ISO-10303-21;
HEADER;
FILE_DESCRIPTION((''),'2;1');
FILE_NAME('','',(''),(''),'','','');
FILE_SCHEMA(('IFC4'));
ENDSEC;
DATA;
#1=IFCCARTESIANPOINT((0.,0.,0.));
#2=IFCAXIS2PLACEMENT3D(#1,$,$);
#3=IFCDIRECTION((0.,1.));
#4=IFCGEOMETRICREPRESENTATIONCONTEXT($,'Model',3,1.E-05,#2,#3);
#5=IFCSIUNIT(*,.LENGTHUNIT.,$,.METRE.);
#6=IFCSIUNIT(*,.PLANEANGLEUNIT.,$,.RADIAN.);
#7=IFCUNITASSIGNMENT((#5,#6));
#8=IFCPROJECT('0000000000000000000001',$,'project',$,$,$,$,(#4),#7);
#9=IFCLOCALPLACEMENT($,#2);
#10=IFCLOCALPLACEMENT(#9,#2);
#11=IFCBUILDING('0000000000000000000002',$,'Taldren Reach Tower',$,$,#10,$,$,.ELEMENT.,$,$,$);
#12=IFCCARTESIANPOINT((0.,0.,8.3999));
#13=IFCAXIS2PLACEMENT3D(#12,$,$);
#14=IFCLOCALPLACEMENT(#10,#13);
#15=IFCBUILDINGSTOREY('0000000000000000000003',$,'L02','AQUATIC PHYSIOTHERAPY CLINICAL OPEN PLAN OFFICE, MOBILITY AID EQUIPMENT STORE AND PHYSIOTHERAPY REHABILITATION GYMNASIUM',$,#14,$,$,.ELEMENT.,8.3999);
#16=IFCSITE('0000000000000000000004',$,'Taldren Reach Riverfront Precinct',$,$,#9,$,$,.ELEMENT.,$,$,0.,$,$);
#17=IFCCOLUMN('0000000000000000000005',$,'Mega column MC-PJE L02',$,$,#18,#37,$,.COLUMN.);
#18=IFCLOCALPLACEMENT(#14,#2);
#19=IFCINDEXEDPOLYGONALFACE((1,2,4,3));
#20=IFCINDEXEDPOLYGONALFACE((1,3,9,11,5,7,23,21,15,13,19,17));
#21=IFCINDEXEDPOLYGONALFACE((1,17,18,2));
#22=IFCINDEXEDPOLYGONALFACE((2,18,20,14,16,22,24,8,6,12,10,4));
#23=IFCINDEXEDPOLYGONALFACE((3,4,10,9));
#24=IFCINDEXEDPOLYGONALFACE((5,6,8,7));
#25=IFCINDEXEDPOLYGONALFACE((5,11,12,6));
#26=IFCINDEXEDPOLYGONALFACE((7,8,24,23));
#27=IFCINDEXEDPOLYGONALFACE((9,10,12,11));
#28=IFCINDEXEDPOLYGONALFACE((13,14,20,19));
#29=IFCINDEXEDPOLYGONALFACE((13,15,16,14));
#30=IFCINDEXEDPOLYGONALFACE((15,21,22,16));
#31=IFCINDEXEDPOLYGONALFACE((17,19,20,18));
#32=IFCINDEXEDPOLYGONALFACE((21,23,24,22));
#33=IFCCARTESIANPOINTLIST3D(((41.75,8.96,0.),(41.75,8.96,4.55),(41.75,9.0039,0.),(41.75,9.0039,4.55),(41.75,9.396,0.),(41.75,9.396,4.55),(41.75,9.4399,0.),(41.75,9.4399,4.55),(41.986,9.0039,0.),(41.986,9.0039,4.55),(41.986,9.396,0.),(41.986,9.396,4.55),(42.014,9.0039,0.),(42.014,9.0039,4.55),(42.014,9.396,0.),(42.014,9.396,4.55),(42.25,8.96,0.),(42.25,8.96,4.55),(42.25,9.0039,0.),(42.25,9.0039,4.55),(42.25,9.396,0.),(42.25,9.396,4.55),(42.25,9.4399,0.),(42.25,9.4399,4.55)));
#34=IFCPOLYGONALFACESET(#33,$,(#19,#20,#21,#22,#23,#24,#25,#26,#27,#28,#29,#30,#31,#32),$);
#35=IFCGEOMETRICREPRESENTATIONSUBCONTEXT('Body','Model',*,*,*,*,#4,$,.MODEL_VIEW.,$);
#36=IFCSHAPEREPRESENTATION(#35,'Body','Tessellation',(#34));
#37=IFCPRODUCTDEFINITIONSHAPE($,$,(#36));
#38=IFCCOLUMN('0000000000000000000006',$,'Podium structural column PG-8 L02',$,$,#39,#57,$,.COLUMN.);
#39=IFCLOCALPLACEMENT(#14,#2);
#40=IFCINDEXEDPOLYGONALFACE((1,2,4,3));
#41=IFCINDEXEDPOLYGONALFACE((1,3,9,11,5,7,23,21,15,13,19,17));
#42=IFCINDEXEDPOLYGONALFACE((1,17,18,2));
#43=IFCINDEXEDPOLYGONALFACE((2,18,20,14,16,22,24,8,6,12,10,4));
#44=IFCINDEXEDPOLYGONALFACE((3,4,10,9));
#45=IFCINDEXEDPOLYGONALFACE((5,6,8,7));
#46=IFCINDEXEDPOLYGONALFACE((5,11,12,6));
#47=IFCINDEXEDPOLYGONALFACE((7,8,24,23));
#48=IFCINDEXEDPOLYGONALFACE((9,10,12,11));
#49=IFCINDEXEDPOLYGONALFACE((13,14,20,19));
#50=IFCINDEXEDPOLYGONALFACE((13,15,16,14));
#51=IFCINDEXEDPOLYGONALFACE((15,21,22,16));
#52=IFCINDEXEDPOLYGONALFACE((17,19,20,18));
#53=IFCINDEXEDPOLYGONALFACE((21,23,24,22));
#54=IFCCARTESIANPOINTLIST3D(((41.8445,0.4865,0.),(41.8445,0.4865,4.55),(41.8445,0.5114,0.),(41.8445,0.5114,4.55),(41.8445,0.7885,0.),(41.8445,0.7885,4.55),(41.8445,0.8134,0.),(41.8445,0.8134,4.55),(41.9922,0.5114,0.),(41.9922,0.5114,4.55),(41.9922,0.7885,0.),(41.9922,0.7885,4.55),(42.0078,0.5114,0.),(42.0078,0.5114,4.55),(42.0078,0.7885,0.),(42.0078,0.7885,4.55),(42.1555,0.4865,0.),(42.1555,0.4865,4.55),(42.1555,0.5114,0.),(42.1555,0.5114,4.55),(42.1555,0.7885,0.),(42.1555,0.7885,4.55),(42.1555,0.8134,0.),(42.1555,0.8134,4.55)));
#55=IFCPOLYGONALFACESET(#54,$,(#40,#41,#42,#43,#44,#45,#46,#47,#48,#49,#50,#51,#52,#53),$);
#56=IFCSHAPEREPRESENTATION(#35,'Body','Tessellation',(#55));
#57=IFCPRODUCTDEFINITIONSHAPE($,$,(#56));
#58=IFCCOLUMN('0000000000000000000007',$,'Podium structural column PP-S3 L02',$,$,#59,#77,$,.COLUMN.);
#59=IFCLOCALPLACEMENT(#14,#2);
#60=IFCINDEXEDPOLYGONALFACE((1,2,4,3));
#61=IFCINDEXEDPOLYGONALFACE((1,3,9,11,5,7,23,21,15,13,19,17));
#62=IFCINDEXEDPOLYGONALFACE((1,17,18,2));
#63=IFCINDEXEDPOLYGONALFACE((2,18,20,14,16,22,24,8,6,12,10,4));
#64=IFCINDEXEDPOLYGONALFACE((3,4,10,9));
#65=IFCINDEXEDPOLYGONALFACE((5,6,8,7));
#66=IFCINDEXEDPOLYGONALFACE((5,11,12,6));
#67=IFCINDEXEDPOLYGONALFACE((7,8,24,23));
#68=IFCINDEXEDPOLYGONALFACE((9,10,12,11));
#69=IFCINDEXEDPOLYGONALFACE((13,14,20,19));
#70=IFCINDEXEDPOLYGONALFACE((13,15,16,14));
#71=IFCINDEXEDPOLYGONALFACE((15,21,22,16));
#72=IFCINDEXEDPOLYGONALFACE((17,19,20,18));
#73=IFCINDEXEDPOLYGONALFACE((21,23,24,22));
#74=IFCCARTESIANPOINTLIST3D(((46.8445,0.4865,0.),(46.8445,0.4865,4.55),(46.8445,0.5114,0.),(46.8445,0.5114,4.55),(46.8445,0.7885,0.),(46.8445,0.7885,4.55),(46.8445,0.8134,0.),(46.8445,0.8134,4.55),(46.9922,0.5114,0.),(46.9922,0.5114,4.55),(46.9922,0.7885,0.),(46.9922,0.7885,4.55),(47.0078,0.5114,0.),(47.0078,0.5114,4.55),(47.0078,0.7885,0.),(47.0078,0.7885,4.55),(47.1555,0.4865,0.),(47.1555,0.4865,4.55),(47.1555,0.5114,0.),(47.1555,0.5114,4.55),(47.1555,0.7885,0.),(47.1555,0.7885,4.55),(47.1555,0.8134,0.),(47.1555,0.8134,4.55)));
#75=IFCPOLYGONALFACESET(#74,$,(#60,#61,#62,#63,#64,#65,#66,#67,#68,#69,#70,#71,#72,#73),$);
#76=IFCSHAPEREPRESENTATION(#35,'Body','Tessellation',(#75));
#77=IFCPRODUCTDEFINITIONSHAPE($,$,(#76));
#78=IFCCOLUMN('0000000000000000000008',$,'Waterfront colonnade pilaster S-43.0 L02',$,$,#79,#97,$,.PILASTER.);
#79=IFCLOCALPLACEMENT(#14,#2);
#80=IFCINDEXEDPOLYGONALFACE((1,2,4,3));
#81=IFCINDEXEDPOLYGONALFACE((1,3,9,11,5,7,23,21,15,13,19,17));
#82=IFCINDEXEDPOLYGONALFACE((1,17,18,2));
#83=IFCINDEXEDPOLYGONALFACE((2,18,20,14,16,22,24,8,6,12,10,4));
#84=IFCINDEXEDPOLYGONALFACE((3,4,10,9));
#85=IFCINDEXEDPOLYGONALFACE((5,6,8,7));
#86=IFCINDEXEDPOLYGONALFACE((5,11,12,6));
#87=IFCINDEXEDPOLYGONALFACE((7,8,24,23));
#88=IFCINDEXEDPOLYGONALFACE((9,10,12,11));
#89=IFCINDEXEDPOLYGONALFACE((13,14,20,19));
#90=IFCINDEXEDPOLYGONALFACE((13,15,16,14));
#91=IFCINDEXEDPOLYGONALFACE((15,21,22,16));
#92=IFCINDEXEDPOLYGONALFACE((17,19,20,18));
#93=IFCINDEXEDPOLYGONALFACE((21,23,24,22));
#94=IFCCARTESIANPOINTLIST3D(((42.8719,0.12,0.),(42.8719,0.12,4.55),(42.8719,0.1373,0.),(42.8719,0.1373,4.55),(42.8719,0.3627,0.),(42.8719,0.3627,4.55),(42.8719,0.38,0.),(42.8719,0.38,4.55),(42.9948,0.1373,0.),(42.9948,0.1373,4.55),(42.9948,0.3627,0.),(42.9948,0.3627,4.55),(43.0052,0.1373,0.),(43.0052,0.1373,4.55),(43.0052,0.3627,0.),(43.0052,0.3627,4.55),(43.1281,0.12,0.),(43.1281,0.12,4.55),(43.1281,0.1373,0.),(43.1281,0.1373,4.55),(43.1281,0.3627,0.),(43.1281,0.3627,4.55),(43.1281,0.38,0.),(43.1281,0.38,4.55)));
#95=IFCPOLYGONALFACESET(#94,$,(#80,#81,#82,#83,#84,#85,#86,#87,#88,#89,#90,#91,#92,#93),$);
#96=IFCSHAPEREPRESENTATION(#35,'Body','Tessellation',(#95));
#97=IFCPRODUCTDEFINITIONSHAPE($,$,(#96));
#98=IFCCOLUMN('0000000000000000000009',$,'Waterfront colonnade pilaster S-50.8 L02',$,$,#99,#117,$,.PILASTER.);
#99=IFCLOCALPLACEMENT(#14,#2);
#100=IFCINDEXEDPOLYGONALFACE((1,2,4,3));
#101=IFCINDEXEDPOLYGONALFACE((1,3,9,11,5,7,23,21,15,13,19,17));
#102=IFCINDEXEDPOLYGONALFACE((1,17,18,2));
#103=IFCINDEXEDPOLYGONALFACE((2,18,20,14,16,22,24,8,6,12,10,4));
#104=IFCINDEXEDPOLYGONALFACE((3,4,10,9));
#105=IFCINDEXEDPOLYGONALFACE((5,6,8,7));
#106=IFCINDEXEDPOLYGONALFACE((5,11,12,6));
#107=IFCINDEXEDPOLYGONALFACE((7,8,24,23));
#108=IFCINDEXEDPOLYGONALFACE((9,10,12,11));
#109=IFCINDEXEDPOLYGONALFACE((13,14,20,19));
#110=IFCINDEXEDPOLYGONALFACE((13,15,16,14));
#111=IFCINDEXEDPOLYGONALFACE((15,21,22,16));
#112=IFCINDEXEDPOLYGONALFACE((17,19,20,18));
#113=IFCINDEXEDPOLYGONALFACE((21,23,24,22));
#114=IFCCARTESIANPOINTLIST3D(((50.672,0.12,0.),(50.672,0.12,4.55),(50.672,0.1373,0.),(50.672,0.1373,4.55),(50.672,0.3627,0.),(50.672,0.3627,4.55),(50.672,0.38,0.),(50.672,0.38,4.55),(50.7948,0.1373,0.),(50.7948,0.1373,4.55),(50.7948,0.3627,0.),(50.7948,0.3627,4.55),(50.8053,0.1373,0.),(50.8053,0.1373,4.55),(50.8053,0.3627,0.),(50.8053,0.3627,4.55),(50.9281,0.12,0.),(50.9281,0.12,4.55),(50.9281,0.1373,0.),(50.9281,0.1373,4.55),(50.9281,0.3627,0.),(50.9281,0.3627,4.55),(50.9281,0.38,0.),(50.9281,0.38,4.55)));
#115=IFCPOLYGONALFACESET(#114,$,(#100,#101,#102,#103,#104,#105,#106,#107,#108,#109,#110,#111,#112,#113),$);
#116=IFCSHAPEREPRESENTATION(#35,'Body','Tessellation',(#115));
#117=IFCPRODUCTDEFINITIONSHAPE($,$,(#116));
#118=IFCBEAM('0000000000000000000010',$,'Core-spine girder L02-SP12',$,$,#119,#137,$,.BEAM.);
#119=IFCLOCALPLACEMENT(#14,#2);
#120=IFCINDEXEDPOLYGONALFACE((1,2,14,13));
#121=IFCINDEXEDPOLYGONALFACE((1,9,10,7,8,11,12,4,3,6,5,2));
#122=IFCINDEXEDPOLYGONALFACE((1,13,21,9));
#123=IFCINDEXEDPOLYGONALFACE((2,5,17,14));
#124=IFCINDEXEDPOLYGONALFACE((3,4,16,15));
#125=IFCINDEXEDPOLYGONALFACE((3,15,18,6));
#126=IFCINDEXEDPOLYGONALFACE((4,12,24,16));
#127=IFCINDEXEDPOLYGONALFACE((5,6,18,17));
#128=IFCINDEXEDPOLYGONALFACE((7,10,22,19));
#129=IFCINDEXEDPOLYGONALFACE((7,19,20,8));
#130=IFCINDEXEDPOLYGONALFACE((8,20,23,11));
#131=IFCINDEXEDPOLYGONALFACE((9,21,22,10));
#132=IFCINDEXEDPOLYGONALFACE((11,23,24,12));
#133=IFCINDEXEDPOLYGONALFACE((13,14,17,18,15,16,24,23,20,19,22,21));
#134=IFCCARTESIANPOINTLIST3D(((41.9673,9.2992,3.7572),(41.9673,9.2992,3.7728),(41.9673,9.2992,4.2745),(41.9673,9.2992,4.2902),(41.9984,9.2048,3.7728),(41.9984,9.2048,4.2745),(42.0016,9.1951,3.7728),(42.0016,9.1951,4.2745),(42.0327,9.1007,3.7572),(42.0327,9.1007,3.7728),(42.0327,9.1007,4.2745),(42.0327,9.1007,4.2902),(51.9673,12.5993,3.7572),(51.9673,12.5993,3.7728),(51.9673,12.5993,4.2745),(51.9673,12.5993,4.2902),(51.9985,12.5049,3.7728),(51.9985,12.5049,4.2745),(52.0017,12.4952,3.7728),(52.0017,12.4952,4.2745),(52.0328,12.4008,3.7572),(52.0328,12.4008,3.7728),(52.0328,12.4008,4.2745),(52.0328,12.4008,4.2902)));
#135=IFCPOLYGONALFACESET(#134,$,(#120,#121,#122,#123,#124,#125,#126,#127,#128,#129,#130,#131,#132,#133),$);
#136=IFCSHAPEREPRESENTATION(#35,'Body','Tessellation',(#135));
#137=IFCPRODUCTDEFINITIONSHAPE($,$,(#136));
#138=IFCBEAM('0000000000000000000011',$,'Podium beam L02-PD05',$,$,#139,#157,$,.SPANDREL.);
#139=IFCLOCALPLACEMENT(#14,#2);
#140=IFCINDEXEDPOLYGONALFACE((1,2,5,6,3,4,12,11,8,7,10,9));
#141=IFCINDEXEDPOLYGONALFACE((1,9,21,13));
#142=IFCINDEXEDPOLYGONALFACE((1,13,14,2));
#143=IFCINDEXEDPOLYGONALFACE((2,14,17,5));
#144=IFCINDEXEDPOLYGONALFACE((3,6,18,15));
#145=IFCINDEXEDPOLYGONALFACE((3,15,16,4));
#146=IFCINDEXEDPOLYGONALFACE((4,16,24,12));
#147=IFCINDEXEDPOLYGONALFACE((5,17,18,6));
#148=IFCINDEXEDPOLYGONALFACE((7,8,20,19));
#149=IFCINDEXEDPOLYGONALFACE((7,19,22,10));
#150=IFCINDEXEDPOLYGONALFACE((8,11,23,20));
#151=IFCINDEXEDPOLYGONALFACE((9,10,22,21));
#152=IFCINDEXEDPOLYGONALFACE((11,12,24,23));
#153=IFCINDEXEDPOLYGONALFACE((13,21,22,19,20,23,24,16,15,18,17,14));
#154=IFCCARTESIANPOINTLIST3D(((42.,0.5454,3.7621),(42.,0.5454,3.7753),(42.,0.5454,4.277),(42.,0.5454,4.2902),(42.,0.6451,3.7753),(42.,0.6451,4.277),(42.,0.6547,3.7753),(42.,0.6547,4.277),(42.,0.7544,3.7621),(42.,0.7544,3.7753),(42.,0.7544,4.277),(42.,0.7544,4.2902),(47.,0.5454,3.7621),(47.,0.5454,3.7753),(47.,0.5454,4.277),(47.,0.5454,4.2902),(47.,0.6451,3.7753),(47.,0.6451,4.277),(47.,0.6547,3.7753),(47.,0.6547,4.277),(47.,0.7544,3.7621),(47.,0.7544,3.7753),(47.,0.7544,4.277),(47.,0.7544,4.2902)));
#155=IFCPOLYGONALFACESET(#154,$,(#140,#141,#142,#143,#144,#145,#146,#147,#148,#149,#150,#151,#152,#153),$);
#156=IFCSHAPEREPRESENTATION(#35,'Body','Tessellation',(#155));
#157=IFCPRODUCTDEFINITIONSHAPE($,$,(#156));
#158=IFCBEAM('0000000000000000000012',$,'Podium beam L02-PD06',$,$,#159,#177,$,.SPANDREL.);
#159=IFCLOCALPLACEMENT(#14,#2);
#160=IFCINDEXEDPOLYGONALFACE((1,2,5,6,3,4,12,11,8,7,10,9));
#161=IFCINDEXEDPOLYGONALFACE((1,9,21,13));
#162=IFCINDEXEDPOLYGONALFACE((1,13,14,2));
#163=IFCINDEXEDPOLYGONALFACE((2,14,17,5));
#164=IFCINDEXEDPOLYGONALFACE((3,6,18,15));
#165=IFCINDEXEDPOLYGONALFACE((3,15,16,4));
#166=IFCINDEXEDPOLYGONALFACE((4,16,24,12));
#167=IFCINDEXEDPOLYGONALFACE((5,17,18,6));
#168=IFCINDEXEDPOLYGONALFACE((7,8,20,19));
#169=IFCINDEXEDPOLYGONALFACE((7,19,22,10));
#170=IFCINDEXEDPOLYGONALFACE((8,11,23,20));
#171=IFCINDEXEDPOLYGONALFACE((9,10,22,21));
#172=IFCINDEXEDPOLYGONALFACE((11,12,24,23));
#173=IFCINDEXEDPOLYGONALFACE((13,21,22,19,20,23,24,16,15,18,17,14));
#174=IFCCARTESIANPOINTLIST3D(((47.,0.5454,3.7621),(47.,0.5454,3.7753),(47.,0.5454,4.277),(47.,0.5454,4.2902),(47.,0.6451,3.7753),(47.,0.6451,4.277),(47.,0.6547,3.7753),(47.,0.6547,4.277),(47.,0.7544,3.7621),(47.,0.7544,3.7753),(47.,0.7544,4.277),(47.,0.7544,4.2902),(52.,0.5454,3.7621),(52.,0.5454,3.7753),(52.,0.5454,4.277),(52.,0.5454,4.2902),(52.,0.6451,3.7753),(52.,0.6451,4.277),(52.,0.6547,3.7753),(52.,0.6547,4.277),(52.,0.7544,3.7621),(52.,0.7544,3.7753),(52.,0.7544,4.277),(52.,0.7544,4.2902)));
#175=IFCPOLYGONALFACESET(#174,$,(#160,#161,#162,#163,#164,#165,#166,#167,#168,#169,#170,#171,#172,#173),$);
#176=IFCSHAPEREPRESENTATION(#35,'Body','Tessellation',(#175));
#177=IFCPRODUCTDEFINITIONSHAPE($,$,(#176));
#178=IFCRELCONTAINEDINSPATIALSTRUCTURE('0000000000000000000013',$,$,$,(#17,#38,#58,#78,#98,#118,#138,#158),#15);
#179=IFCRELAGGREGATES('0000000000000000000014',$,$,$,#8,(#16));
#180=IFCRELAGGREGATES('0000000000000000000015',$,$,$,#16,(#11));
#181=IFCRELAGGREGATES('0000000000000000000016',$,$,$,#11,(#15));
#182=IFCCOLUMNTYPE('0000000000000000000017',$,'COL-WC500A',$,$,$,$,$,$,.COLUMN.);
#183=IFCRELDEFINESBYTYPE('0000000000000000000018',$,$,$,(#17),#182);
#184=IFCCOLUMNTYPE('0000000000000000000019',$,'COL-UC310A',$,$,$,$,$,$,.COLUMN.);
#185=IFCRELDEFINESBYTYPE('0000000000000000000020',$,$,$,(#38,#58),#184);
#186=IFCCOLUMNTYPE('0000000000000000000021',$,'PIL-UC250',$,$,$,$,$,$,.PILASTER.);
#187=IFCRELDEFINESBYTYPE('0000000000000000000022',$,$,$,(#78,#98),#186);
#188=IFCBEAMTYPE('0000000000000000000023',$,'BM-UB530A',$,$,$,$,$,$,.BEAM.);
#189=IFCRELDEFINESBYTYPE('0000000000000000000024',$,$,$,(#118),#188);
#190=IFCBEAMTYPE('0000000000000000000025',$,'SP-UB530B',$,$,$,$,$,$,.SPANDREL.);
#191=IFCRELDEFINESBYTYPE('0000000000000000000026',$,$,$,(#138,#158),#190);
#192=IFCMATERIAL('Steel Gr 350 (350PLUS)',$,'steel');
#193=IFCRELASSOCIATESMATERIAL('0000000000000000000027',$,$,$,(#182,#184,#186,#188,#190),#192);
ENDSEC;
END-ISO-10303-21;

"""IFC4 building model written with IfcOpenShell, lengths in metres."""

from ifc_helpers import new_model, si_unit, direction, frame, origin, origin_2d, place, context, subcontext, project, spatial, i_section, extrude, source, transform, mapped, material, material_profile, profile_set, type_object, element, save


model = new_model("IFC4")

# Units and contexts
model_context = context("Model", 3, precision=1e-05, world=origin(), true_north=direction((0.0, 1.0)))
body_context = subcontext(model_context, "Body", "Model", "MODEL_VIEW")
ifc_project = project(units=[si_unit("LENGTHUNIT", "METRE"), si_unit("PLANEANGLEUNIT", "RADIAN")], contexts=[model_context])

# Site, building, storey
site_placement = place(None, origin())
site = spatial("IfcSite", under=ifc_project, at=site_placement, Name="Taldren Reach Riverfront Precinct", CompositionType="ELEMENT", RefElevation=0.0)
building_placement = place(site_placement, origin())
building = spatial("IfcBuilding", under=site, at=building_placement, Name="Taldren Reach Tower", CompositionType="ELEMENT")
storey_placement = place(building_placement, frame((0.0, 0.0, 8.3999)))
storey = spatial("IfcBuildingStorey", under=building, at=storey_placement, Name="L02", Description="AQUATIC PHYSIOTHERAPY CLINICAL OPEN PLAN OFFICE, MOBILITY AID EQUIPMENT STORE AND PHYSIOTHERAPY REHABILITATION GYMNASIUM", CompositionType="ELEMENT", Elevation=8.3999)

# Columns
ifc_material_1 = material(Name="Steel Gr 350 (350PLUS)", Category="steel")
ifc_material_profile_1 = material_profile(ifc_material_1, i_section(OverallWidth=0.5, OverallDepth=0.48, WebThickness=0.0281, FlangeThickness=0.0439, at=origin_2d()), Name="500WC440")
ifc_profile_set_1 = profile_set([ifc_material_profile_1], Name="Steel Gr 350 (350PLUS)")
column_type_1 = type_object("IfcColumnType", Name="COL-WC500A", PredefinedType="COLUMN", material=ifc_profile_set_1)
shared_shape_1 = source(origin(), body_context, "Body", "SweptSolid", [
    extrude(i_section(OverallWidth=0.5, OverallDepth=0.48, WebThickness=0.0281, FlangeThickness=0.0439, at=origin_2d()), origin(), (0.0, 0.0, 1.0), 4.55),
])
column_placement = place(storey_placement, frame((42.0, 9.2, 0.0), z_axis=(0.0, 0.0, 1.0), x_axis=(1.0, 0.0, 0.0)))
element("IfcColumn", 1, at=column_placement, inside=storey, type_object=column_type_1, Name="Mega column MC-PJE L02", PredefinedType="COLUMN", context=body_context, shape_type="MappedRepresentation", body=[
    mapped(shared_shape_1, transform((0.0, 0.0, 0.0), scale=1.0)),
])
ifc_material_profile_2 = material_profile(ifc_material_1, i_section(OverallWidth=0.311, OverallDepth=0.3269, WebThickness=0.0156, FlangeThickness=0.0249, at=origin_2d()), Name="310UC158")
ifc_profile_set_2 = profile_set([ifc_material_profile_2], Name="Steel Gr 350 (350PLUS)")
column_type_2 = type_object("IfcColumnType", Name="COL-UC310A", PredefinedType="COLUMN", material=ifc_profile_set_2)
shared_shape_2 = source(origin(), body_context, "Body", "SweptSolid", [
    extrude(i_section(OverallWidth=0.311, OverallDepth=0.3269, WebThickness=0.0156, FlangeThickness=0.0249, at=origin_2d()), origin(), (0.0, 0.0, 1.0), 4.55),
])
for number, where, z_axis, x_axis, name in (
    (2, (42.0, 0.6499, 0.0), (0.0, 0.0, 1.0), (1.0, 0.0, 0.0), "Podium structural column PG-8 L02"),
    (3, (47.0, 0.6499, 0.0), (0.0, 0.0, 1.0), (1.0, 0.0, 0.0), "Podium structural column PP-S3 L02"),
):
    element("IfcColumn", number, at=place(storey_placement, frame(where, z_axis=z_axis, x_axis=x_axis)), inside=storey, type_object=column_type_2, Name=name, PredefinedType="COLUMN", context=body_context, shape_type="MappedRepresentation", body=[
        mapped(shared_shape_2, transform((0.0, 0.0, 0.0), scale=1.0)),
    ])
ifc_material_profile_3 = material_profile(ifc_material_1, i_section(OverallWidth=0.2561, OverallDepth=0.26, WebThickness=0.0105, FlangeThickness=0.0173, at=origin_2d()), Name="250UC89.5")
ifc_profile_set_3 = profile_set([ifc_material_profile_3], Name="Steel Gr 350 (350PLUS)")
column_type_3 = type_object("IfcColumnType", Name="PIL-UC250", PredefinedType="PILASTER", material=ifc_profile_set_3)
shared_shape_3 = source(origin(), body_context, "Body", "SweptSolid", [
    extrude(i_section(OverallWidth=0.2561, OverallDepth=0.26, WebThickness=0.0105, FlangeThickness=0.0173, at=origin_2d()), origin(), (0.0, 0.0, 1.0), 4.55),
])
for number, where, z_axis, x_axis, name in (
    (4, (43.0, 0.25, 0.0), (0.0, 0.0, 1.0), (1.0, 0.0, 0.0), "Waterfront colonnade pilaster S-43.0 L02"),
    (5, (50.8, 0.25, 0.0), (0.0, 0.0, 1.0), (1.0, 0.0, 0.0), "Waterfront colonnade pilaster S-50.8 L02"),
):
    element("IfcColumn", number, at=place(storey_placement, frame(where, z_axis=z_axis, x_axis=x_axis)), inside=storey, type_object=column_type_3, Name=name, PredefinedType="PILASTER", context=body_context, shape_type="MappedRepresentation", body=[
        mapped(shared_shape_3, transform((0.0, 0.0, 0.0), scale=1.0)),
    ])

# Beams
ifc_material_profile_4 = material_profile(ifc_material_1, i_section(OverallWidth=0.209, OverallDepth=0.533, WebThickness=0.0103, FlangeThickness=0.0156, at=origin_2d()), Name="530UB92.4")
ifc_profile_set_4 = profile_set([ifc_material_profile_4], Name="Steel Gr 350 (350PLUS)")
beam_type_1 = type_object("IfcBeamType", Name="BM-UB530A", PredefinedType="BEAM", material=ifc_profile_set_4)
shared_shape_4 = source(origin(), body_context, "Body", "SweptSolid", [
    extrude(i_section(OverallWidth=0.209, OverallDepth=0.533, WebThickness=0.0103, FlangeThickness=0.0156, at=origin_2d()), origin(), (0.0, 0.0, 1.0), 10.5305),
])
beam_1_placement = place(storey_placement, frame((42.0, 9.2, 4.0237), z_axis=(0.949627, 0.313382, 0.0), x_axis=(-0.313382, 0.949627, 0.0)))
element("IfcBeam", 6, at=beam_1_placement, inside=storey, type_object=beam_type_1, Name="Core-spine girder L02-SP12", PredefinedType="BEAM", context=body_context, shape_type="MappedRepresentation", body=[
    mapped(shared_shape_4, transform((0.0, 0.0, 0.0), scale=1.0)),
])
ifc_material_profile_5 = material_profile(ifc_material_1, i_section(OverallWidth=0.209, OverallDepth=0.5281, WebThickness=0.0095, FlangeThickness=0.0132, at=origin_2d()), Name="530UB82.0")
ifc_profile_set_5 = profile_set([ifc_material_profile_5], Name="Steel Gr 350 (350PLUS)")
beam_type_2 = type_object("IfcBeamType", Name="SP-UB530B", PredefinedType="SPANDREL", material=ifc_profile_set_5)
shared_shape_5 = source(origin(), body_context, "Body", "SweptSolid", [
    extrude(i_section(OverallWidth=0.209, OverallDepth=0.5281, WebThickness=0.0095, FlangeThickness=0.0132, at=origin_2d()), origin(), (0.0, 0.0, 1.0), 5.0),
])
for number, where, z_axis, x_axis, name in (
    (7, (42.0, 0.6499, 4.0261), (1.0, 0.0, 0.0), (0.0, 1.0, 0.0), "Podium beam L02-PD05"),
    (8, (47.0, 0.6499, 4.0261), (1.0, 0.0, 0.0), (0.0, 1.0, 0.0), "Podium beam L02-PD06"),
):
    element("IfcBeam", number, at=place(storey_placement, frame(where, z_axis=z_axis, x_axis=x_axis)), inside=storey, type_object=beam_type_2, Name=name, PredefinedType="SPANDREL", context=body_context, shape_type="MappedRepresentation", body=[
        mapped(shared_shape_5, transform((0.0, 0.0, 0.0), scale=1.0)),
    ])

save(model, "model.ifc")
